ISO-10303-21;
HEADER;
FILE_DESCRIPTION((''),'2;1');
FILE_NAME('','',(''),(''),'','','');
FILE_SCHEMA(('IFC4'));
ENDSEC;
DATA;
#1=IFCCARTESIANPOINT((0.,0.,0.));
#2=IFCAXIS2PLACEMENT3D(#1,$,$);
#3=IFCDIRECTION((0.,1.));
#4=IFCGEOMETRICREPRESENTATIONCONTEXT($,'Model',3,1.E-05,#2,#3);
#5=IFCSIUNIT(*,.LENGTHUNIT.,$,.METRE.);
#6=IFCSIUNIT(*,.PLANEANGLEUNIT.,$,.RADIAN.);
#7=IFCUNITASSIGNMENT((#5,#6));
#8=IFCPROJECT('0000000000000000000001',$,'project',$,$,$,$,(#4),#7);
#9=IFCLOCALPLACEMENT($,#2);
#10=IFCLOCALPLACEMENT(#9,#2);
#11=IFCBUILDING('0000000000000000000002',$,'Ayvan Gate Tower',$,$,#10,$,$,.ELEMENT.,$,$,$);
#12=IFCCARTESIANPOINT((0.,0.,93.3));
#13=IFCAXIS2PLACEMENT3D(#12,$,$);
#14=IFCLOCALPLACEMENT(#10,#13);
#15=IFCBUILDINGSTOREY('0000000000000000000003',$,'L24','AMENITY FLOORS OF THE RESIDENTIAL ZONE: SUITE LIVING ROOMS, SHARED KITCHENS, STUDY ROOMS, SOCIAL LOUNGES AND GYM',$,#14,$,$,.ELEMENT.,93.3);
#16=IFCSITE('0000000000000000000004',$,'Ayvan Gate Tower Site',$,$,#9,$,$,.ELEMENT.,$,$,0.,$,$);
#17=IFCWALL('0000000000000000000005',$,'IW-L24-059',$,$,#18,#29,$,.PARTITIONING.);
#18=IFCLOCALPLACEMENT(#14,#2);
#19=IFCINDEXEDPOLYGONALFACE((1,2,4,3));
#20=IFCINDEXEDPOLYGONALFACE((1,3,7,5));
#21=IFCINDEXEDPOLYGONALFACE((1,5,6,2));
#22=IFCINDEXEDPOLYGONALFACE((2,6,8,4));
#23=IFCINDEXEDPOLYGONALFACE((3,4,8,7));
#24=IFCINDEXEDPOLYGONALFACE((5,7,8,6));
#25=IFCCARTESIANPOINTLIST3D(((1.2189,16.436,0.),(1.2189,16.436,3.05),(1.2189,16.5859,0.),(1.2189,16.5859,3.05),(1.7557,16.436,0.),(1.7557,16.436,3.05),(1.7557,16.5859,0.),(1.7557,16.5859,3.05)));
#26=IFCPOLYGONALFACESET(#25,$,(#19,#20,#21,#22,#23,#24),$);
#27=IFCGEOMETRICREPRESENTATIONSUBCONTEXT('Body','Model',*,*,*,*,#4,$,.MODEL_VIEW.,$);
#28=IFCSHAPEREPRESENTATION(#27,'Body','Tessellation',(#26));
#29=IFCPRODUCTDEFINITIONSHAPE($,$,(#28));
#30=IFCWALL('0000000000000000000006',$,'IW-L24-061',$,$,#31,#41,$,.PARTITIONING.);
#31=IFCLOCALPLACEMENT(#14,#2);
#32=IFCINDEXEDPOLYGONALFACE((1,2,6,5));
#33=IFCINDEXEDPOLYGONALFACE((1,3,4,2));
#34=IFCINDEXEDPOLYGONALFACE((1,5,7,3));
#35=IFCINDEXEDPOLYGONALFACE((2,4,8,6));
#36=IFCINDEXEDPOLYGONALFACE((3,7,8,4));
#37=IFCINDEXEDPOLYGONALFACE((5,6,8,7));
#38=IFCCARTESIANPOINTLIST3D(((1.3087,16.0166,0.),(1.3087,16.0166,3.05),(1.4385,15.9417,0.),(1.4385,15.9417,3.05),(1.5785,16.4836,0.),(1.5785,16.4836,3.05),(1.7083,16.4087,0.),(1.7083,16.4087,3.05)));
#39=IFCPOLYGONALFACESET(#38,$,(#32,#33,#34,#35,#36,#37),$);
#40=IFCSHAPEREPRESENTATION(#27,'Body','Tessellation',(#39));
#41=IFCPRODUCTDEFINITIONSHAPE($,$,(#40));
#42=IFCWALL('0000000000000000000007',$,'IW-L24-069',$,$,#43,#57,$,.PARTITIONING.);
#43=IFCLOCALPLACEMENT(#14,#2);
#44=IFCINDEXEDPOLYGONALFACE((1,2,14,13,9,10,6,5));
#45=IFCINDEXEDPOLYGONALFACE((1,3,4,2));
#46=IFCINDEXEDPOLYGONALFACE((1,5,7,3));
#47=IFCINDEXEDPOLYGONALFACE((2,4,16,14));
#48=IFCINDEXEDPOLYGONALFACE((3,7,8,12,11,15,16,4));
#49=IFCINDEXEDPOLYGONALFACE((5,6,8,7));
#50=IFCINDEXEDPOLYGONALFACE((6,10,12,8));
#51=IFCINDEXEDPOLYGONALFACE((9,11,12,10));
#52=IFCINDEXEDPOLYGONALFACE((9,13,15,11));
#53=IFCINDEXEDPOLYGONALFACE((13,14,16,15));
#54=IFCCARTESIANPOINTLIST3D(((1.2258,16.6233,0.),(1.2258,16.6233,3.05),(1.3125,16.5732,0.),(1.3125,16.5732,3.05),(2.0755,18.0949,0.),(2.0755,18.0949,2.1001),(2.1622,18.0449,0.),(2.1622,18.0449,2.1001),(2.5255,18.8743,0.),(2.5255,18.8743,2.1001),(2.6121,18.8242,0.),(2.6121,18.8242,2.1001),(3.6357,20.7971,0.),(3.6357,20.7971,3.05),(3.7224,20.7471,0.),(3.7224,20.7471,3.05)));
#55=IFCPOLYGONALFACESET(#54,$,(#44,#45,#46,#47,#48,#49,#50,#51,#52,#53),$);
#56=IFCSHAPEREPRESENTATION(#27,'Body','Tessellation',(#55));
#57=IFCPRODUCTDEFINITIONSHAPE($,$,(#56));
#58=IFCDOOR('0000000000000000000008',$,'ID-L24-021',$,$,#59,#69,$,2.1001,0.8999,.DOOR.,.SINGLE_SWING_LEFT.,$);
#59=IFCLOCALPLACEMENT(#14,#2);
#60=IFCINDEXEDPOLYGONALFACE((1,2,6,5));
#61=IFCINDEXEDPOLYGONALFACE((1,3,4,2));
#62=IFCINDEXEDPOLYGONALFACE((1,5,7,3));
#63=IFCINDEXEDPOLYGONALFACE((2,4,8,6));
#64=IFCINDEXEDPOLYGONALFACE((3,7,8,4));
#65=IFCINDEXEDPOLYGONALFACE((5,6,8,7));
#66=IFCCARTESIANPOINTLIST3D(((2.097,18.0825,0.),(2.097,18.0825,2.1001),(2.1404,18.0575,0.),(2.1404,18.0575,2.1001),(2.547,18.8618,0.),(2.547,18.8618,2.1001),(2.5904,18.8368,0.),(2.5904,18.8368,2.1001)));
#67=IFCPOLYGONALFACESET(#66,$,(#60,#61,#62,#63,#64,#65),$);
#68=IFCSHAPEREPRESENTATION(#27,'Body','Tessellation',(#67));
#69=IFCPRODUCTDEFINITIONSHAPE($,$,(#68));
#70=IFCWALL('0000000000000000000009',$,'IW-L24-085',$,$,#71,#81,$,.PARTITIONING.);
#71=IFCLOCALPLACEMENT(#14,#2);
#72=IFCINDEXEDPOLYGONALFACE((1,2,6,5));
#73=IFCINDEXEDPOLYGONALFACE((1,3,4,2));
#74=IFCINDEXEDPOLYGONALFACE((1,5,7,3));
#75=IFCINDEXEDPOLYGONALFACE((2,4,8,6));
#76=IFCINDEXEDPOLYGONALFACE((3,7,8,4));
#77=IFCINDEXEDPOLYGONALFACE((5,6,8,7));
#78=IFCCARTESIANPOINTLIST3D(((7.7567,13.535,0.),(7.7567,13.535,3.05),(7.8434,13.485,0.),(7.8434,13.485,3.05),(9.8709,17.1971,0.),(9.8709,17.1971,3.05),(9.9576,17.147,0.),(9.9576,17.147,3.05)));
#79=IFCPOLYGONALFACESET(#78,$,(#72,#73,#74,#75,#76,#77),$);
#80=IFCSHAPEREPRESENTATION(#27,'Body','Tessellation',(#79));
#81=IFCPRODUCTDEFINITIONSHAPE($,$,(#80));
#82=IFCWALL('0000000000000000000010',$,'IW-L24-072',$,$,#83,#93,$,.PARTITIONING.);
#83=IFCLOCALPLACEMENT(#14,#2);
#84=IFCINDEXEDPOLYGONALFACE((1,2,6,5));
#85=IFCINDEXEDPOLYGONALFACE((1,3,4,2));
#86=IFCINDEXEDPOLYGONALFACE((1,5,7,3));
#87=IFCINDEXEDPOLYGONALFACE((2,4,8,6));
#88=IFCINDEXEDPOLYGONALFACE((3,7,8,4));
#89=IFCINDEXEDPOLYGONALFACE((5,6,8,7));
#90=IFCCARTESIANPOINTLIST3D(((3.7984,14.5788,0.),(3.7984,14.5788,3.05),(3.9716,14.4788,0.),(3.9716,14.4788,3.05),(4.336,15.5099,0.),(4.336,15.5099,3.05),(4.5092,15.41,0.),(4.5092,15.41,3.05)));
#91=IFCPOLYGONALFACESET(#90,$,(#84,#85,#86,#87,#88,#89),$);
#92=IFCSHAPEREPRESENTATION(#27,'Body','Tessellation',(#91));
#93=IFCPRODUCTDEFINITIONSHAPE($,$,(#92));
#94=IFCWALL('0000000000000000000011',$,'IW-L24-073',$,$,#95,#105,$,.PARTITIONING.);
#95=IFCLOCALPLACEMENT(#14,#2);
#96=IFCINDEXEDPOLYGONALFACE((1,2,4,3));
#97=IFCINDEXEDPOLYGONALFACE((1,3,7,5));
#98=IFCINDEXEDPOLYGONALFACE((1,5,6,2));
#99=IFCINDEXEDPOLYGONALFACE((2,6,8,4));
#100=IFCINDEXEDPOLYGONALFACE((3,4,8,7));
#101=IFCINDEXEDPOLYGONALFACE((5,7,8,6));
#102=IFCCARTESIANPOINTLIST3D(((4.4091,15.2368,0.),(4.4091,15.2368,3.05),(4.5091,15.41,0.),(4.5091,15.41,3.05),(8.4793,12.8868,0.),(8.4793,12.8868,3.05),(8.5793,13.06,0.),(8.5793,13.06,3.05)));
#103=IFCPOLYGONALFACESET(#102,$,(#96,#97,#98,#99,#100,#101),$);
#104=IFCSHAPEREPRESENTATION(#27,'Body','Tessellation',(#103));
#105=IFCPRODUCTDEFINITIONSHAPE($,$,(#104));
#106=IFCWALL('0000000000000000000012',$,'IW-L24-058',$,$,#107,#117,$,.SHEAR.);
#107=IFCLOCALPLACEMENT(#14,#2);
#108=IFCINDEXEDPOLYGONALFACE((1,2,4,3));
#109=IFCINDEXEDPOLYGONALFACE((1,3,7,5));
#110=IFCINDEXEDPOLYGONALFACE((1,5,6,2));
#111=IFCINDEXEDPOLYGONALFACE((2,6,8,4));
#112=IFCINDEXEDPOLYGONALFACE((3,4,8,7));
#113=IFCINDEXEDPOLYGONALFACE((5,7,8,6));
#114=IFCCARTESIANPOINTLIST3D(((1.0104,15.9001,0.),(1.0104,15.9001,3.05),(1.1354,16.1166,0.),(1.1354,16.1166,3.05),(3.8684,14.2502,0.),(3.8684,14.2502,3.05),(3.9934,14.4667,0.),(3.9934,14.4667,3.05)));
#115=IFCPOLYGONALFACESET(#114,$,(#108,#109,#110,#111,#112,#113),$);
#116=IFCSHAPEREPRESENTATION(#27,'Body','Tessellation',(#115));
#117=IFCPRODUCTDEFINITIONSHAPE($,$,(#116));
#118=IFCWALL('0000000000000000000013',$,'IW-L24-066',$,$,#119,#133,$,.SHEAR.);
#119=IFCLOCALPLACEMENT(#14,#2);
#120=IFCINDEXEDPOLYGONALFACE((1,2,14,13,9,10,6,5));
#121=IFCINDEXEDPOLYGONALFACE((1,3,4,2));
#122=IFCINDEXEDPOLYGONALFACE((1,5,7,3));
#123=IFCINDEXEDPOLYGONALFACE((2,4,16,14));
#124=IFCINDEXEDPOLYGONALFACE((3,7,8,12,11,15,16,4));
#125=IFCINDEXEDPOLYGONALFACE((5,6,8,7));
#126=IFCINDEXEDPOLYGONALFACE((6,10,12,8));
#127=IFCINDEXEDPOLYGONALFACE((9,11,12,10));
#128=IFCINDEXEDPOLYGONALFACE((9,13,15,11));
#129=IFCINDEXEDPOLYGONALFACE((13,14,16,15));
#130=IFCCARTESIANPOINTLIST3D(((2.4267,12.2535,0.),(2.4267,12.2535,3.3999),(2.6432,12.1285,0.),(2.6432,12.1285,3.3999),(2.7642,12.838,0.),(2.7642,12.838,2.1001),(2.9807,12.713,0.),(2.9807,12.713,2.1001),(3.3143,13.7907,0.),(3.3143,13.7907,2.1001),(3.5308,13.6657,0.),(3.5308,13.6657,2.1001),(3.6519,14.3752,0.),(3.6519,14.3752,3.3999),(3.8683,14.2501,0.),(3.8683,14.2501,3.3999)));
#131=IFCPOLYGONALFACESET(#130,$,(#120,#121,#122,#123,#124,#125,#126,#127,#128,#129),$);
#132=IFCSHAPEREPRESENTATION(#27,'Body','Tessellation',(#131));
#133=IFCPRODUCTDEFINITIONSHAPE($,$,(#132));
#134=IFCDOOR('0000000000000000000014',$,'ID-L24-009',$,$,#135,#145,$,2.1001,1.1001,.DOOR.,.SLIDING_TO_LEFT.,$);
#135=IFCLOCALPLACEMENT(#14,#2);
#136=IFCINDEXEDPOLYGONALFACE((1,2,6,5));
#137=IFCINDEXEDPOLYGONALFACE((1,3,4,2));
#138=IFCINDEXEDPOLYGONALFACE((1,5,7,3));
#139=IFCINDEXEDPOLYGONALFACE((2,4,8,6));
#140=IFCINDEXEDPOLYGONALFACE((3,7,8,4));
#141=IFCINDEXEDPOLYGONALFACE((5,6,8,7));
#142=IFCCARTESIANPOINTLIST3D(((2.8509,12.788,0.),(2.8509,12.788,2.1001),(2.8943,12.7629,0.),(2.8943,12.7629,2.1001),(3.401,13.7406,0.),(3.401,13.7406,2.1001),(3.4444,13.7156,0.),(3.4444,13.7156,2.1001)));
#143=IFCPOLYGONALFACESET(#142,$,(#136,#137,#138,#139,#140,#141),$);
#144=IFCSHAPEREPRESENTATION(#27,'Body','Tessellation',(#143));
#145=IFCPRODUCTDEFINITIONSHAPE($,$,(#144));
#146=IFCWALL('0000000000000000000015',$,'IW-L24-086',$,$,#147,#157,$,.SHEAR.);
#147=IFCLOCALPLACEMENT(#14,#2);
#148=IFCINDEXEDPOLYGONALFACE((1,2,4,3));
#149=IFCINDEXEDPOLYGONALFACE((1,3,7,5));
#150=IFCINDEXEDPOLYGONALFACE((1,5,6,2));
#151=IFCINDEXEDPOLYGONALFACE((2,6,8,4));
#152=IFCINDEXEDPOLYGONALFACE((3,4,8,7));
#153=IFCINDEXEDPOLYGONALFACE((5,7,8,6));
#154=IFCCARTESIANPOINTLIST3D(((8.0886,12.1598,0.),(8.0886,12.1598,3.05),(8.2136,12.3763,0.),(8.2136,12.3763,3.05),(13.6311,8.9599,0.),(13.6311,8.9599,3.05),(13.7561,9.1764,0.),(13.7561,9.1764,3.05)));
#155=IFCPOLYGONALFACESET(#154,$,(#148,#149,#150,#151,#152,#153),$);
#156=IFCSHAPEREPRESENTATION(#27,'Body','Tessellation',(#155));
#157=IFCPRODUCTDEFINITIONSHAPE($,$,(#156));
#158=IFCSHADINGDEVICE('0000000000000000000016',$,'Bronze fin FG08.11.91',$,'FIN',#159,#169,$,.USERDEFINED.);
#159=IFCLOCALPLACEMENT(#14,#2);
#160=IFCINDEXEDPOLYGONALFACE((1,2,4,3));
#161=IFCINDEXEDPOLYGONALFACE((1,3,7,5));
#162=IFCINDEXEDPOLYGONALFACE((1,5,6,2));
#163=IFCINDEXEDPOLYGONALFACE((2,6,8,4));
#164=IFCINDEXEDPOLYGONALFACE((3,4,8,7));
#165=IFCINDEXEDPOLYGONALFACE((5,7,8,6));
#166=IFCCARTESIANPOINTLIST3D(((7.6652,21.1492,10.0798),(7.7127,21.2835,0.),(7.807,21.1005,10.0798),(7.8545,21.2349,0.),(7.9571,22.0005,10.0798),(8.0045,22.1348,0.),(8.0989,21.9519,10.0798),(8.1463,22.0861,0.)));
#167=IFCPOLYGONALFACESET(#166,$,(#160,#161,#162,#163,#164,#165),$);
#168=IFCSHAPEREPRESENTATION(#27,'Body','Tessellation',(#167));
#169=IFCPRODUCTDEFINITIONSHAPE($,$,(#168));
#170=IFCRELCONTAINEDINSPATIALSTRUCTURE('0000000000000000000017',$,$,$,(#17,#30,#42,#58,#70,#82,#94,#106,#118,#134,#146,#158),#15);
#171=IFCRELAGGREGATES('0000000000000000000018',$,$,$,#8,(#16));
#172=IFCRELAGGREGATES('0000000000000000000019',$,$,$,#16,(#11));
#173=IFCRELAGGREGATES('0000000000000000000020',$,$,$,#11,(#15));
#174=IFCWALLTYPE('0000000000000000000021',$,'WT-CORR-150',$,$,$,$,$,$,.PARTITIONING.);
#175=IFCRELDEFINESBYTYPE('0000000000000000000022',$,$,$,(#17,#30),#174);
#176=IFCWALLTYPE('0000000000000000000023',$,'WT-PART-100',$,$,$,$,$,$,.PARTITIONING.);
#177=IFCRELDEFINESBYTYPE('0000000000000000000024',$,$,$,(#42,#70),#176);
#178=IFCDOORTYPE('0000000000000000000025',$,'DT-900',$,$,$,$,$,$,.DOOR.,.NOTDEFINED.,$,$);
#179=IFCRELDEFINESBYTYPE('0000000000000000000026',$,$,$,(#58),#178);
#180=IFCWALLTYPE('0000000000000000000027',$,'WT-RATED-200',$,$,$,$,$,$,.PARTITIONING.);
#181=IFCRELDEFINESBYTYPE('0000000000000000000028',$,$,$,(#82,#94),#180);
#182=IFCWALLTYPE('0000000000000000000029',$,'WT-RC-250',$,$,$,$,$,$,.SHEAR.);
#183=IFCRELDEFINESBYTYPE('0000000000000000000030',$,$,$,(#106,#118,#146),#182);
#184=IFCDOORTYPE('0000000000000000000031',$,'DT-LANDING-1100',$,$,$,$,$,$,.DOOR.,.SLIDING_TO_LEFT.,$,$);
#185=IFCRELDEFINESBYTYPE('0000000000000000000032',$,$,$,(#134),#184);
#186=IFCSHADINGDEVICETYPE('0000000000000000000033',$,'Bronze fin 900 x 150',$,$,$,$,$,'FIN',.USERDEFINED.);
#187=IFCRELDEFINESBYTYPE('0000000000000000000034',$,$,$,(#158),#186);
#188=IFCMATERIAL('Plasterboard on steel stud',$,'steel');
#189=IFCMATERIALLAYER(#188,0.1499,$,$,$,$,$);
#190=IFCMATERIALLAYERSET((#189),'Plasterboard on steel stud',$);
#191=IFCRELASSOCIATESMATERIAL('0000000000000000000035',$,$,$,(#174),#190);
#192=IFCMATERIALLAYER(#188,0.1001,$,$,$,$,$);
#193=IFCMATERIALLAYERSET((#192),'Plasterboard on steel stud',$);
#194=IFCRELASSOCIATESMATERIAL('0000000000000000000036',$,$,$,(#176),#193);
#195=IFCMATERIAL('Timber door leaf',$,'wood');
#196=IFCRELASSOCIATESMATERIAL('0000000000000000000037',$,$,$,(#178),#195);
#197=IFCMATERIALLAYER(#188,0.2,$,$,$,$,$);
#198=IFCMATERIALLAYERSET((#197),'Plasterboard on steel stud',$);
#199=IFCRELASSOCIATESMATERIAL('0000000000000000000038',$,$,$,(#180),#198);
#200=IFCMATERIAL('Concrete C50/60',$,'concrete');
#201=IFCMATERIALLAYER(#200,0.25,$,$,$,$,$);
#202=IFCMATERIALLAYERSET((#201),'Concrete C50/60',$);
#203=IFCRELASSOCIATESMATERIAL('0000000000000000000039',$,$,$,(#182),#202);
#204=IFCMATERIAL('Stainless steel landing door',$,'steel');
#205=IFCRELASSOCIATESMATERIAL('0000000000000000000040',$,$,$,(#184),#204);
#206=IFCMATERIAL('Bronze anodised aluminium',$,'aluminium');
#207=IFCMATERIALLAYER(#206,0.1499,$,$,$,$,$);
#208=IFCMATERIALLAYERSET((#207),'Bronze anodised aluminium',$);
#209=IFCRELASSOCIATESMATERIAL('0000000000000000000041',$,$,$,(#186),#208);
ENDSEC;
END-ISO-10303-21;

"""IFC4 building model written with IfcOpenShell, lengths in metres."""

from ifc_helpers import new_model, si_unit, direction, frame, frame_2d, origin, place, context, subcontext, project, spatial, polyline, rectangle, outline, extrude, material, layer, layer_set, type_object, element, fill, save


model = new_model("IFC4")

# Units and contexts
model_context = context("Model", 3, precision=1e-05, world=origin(), true_north=direction((0.0, 1.0)))
body_context = subcontext(model_context, "Body", "Model", "MODEL_VIEW")
ifc_project = project(units=[si_unit("LENGTHUNIT", "METRE"), si_unit("PLANEANGLEUNIT", "RADIAN")], contexts=[model_context])

# Site, building, storey
site_placement = place(None, origin())
site = spatial("IfcSite", under=ifc_project, at=site_placement, Name="Ayvan Gate Tower Site", CompositionType="ELEMENT", RefElevation=0.0)
building_placement = place(site_placement, origin())
building = spatial("IfcBuilding", under=site, at=building_placement, Name="Ayvan Gate Tower", CompositionType="ELEMENT")
storey_placement = place(building_placement, frame((0.0, 0.0, 93.3)))
storey = spatial("IfcBuildingStorey", under=building, at=storey_placement, Name="L24", Description="AMENITY FLOORS OF THE RESIDENTIAL ZONE: SUITE LIVING ROOMS, SHARED KITCHENS, STUDY ROOMS, SOCIAL LOUNGES AND GYM", CompositionType="ELEMENT", Elevation=93.3)

# Shared definitions
ifc_material_1 = material(Name="Bronze anodised aluminium", Category="aluminium")

# Walls
ifc_material_2 = material(Name="Plasterboard on steel stud", Category="steel")
ifc_layer_1 = layer(ifc_material_2, 0.1499)
ifc_layer_set_1 = layer_set([ifc_layer_1], Name="Plasterboard on steel stud")
wall_type_1 = type_object("IfcWallType", Name="WT-CORR-150", PredefinedType="PARTITIONING", material=ifc_layer_set_1)
wall_1_placement = place(storey_placement, frame((1.2188, 16.511, 0.0), z_axis=(0.0, 0.0, 1.0), x_axis=(1.0, 0.0, 0.0)))
element("IfcWall", 1, at=wall_1_placement, inside=storey, type_object=wall_type_1, Name="IW-L24-059", PredefinedType="PARTITIONING", context=body_context, shape_type="SweptSolid", body=[
    extrude(rectangle(XDim=0.5369, YDim=0.1499, at=frame_2d((0.2686, 0.0))), origin(), (0.0, 0.0, 1.0), 3.05),
])
wall_2_placement = place(storey_placement, frame((1.6433, 16.446, 0.0), z_axis=(0.0, 0.0, 1.0), x_axis=(-0.50018, -0.865922, 0.0)))
element("IfcWall", 2, at=wall_2_placement, inside=storey, type_object=wall_type_1, Name="IW-L24-061", PredefinedType="PARTITIONING", context=body_context, shape_type="SweptSolid", body=[
    extrude(rectangle(XDim=0.5393, YDim=0.1499, at=frame_2d((0.2695, 0.0))), origin(), (0.0, 0.0, 1.0), 3.05),
])

# Wall, opening, door
ifc_layer_2 = layer(ifc_material_2, 0.1001)
ifc_layer_set_2 = layer_set([ifc_layer_2], Name="Plasterboard on steel stud")
wall_type_2 = type_object("IfcWallType", Name="WT-PART-100", PredefinedType="PARTITIONING", material=ifc_layer_set_2)
wall_3_placement = place(storey_placement, frame((3.679, 20.772, 0.0), z_axis=(0.0, 0.0, 1.0), x_axis=(-0.500024, -0.866012, 0.0)))
wall_3 = element("IfcWall", 3, at=wall_3_placement, inside=storey, type_object=wall_type_2, Name="IW-L24-069", PredefinedType="PARTITIONING", context=body_context, shape_type="SweptSolid", body=[
    extrude(rectangle(XDim=4.8196, YDim=0.1001, at=frame_2d((2.4097, 0.0))), origin(), (0.0, 0.0, 1.0), 3.05),
])
opening_1_placement = place(wall_3_placement, frame((2.2202, 0.0, 0.0)))
opening_1 = element("IfcOpeningElement", 4, at=opening_1_placement, cuts=wall_3, PredefinedType="OPENING", context=body_context, shape_type="SweptSolid", body=[
    extrude(rectangle(XDim=0.8999, YDim=2.1001, at=frame_2d((0.45, 1.05))), frame((0.0, 0.0601, 0.0), z_axis=(0.0, -1.0, 0.0), x_axis=(1.0, 0.0, 0.0)), (0.0, 0.0, 1.0), 0.1201),
])
ifc_material_3 = material(Name="Timber door leaf", Category="wood")
door_type_1 = type_object("IfcDoorType", Name="DT-900", OperationType="NOTDEFINED", PredefinedType="DOOR", material=ifc_material_3)
door_1_placement = place(opening_1_placement, origin())
door_1 = element("IfcDoor", 5, at=door_1_placement, inside=storey, type_object=door_type_1, Name="ID-L24-021", OperationType="SINGLE_SWING_LEFT", OverallHeight=2.1001, OverallWidth=0.8999, PredefinedType="DOOR", context=body_context, shape_type="SweptSolid", body=[
    extrude(rectangle(XDim=0.8999, YDim=2.1001, at=frame_2d((0.45, 1.05))), frame((0.0, 0.0249, 0.0), z_axis=(0.0, -1.0, 0.0), x_axis=(1.0, 0.0, 0.0)), (0.0, 0.0, 1.0), 0.05),
])
fill(opening_1, door_1)

# Walls
wall_4_placement = place(storey_placement, frame((7.8, 13.51, 0.0), z_axis=(0.0, 0.0, 1.0), x_axis=(0.499989, 0.866032, 0.0)))
element("IfcWall", 6, at=wall_4_placement, inside=storey, type_object=wall_type_2, Name="IW-L24-085", PredefinedType="PARTITIONING", context=body_context, shape_type="SweptSolid", body=[
    extrude(rectangle(XDim=4.2285, YDim=0.1001, at=frame_2d((2.1143, 0.0))), origin(), (0.0, 0.0, 1.0), 3.05),
])
ifc_layer_3 = layer(ifc_material_2, 0.2)
ifc_layer_set_3 = layer_set([ifc_layer_3], Name="Plasterboard on steel stud")
wall_type_3 = type_object("IfcWallType", Name="WT-RATED-200", PredefinedType="PARTITIONING", material=ifc_layer_set_3)
wall_5_placement = place(storey_placement, frame((3.885, 14.5288, 0.0), z_axis=(0.0, 0.0, 1.0), x_axis=(0.499998, 0.866027, 0.0)))
element("IfcWall", 7, at=wall_5_placement, inside=storey, type_object=wall_type_3, Name="IW-L24-072", PredefinedType="PARTITIONING", context=body_context, shape_type="SweptSolid", body=[
    extrude(rectangle(XDim=1.0752, YDim=0.2, at=frame_2d((0.5376, 0.0))), origin(), (0.0, 0.0, 1.0), 3.05),
])
wall_6_placement = place(storey_placement, frame((4.459, 15.3235, 0.0), z_axis=(0.0, 0.0, 1.0), x_axis=(0.866016, -0.500016, 0.0)))
element("IfcWall", 8, at=wall_6_placement, inside=storey, type_object=wall_type_3, Name="IW-L24-073", PredefinedType="PARTITIONING", context=body_context, shape_type="SweptSolid", body=[
    extrude(rectangle(XDim=4.7, YDim=0.2, at=frame_2d((2.3501, 0.0))), origin(), (0.0, 0.0, 1.0), 3.05),
])
ifc_material_4 = material(Name="Concrete C50/60", Category="concrete")
ifc_layer_4 = layer(ifc_material_4, 0.25)
ifc_layer_set_4 = layer_set([ifc_layer_4], Name="Concrete C50/60")
wall_type_4 = type_object("IfcWallType", Name="WT-RC-250", PredefinedType="SHEAR", material=ifc_layer_set_4)
wall_7_placement = place(storey_placement, frame((1.073, 16.0083, 0.0), z_axis=(0.0, 0.0, 1.0), x_axis=(0.86604, -0.499974, 0.0)))
element("IfcWall", 9, at=wall_7_placement, inside=storey, type_object=wall_type_4, Name="IW-L24-058", PredefinedType="SHEAR", context=body_context, shape_type="SweptSolid", body=[
    extrude(rectangle(XDim=3.3, YDim=0.25, at=frame_2d((1.6499, 0.0))), origin(), (0.0, 0.0, 1.0), 3.05),
])

# Wall, opening, door
wall_8_placement = place(storey_placement, frame((2.5349, 12.1909, 0.0), z_axis=(0.0, 0.0, 1.0), x_axis=(0.500062, 0.86599, 0.0)))
wall_8 = element("IfcWall", 10, at=wall_8_placement, inside=storey, type_object=wall_type_4, Name="IW-L24-066", PredefinedType="SHEAR", context=body_context, shape_type="SweptSolid", body=[
    extrude(rectangle(XDim=2.45, YDim=0.25, at=frame_2d((1.2251, 0.0))), origin(), (0.0, 0.0, 1.0), 3.3999),
])
opening_2_placement = place(wall_8_placement, frame((0.675, 0.0, 0.0)))
opening_2 = element("IfcOpeningElement", 11, at=opening_2_placement, cuts=wall_8, PredefinedType="OPENING", context=body_context, shape_type="SweptSolid", body=[
    extrude(rectangle(XDim=1.1001, YDim=2.1001, at=frame_2d((0.55, 1.05))), frame((0.0, 0.135, 0.0), z_axis=(0.0, -1.0, 0.0), x_axis=(1.0, 0.0, 0.0)), (0.0, 0.0, 1.0), 0.27),
])
ifc_material_5 = material(Name="Stainless steel landing door", Category="steel")
door_type_2 = type_object("IfcDoorType", Name="DT-LANDING-1100", OperationType="SLIDING_TO_LEFT", PredefinedType="DOOR", material=ifc_material_5)
door_2_placement = place(opening_2_placement, origin())
door_2 = element("IfcDoor", 12, at=door_2_placement, inside=storey, type_object=door_type_2, Name="ID-L24-009", OperationType="SLIDING_TO_LEFT", OverallHeight=2.1001, OverallWidth=1.1001, PredefinedType="DOOR", context=body_context, shape_type="SweptSolid", body=[
    extrude(rectangle(XDim=1.1001, YDim=2.1001, at=frame_2d((0.55, 1.05))), frame((0.0, 0.0249, 0.0), z_axis=(0.0, -1.0, 0.0), x_axis=(1.0, 0.0, 0.0)), (0.0, 0.0, 1.0), 0.05),
])
fill(opening_2, door_2)

# Wall
wall_9_placement = place(storey_placement, frame((8.1511, 12.2681, 0.0), z_axis=(0.0, 0.0, 1.0), x_axis=(0.866025, -0.5, 0.0)))
element("IfcWall", 13, at=wall_9_placement, inside=storey, type_object=wall_type_4, Name="IW-L24-086", PredefinedType="SHEAR", context=body_context, shape_type="SweptSolid", body=[
    extrude(rectangle(XDim=6.3999, YDim=0.25, at=frame_2d((3.2, 0.0))), origin(), (0.0, 0.0, 1.0), 3.05),
])

# Shading device
ifc_layer_5 = layer(ifc_material_1, 0.1499)
ifc_layer_set_5 = layer_set([ifc_layer_5], Name="Bronze anodised aluminium")
shading_device_type = type_object("IfcShadingDeviceType", Name="Bronze fin 900 x 150", ElementType="FIN", PredefinedType="USERDEFINED", material=ifc_layer_set_5)
shading_device_1_placement = place(storey_placement, frame((7.8545, 21.2349, 0.0), z_axis=(0.94595, -0.324314, 0.000136), x_axis=(0.324314, 0.94595, 0.0)))
element("IfcShadingDevice", 14, at=shading_device_1_placement, inside=storey, type_object=shading_device_type, Name="Bronze fin FG08.11.91", ObjectType="FIN", PredefinedType="USERDEFINED", context=body_context, shape_type="SweptSolid", body=[
    extrude(outline(polyline([(0.0, 0.0), (0.8999, 0.0), (0.7575, 10.0798), (-0.1425, 10.0798), (0.0, 0.0)])), origin(), (0.0, 0.0, -1.0), 0.1499),
])

save(model, "model.ifc")
